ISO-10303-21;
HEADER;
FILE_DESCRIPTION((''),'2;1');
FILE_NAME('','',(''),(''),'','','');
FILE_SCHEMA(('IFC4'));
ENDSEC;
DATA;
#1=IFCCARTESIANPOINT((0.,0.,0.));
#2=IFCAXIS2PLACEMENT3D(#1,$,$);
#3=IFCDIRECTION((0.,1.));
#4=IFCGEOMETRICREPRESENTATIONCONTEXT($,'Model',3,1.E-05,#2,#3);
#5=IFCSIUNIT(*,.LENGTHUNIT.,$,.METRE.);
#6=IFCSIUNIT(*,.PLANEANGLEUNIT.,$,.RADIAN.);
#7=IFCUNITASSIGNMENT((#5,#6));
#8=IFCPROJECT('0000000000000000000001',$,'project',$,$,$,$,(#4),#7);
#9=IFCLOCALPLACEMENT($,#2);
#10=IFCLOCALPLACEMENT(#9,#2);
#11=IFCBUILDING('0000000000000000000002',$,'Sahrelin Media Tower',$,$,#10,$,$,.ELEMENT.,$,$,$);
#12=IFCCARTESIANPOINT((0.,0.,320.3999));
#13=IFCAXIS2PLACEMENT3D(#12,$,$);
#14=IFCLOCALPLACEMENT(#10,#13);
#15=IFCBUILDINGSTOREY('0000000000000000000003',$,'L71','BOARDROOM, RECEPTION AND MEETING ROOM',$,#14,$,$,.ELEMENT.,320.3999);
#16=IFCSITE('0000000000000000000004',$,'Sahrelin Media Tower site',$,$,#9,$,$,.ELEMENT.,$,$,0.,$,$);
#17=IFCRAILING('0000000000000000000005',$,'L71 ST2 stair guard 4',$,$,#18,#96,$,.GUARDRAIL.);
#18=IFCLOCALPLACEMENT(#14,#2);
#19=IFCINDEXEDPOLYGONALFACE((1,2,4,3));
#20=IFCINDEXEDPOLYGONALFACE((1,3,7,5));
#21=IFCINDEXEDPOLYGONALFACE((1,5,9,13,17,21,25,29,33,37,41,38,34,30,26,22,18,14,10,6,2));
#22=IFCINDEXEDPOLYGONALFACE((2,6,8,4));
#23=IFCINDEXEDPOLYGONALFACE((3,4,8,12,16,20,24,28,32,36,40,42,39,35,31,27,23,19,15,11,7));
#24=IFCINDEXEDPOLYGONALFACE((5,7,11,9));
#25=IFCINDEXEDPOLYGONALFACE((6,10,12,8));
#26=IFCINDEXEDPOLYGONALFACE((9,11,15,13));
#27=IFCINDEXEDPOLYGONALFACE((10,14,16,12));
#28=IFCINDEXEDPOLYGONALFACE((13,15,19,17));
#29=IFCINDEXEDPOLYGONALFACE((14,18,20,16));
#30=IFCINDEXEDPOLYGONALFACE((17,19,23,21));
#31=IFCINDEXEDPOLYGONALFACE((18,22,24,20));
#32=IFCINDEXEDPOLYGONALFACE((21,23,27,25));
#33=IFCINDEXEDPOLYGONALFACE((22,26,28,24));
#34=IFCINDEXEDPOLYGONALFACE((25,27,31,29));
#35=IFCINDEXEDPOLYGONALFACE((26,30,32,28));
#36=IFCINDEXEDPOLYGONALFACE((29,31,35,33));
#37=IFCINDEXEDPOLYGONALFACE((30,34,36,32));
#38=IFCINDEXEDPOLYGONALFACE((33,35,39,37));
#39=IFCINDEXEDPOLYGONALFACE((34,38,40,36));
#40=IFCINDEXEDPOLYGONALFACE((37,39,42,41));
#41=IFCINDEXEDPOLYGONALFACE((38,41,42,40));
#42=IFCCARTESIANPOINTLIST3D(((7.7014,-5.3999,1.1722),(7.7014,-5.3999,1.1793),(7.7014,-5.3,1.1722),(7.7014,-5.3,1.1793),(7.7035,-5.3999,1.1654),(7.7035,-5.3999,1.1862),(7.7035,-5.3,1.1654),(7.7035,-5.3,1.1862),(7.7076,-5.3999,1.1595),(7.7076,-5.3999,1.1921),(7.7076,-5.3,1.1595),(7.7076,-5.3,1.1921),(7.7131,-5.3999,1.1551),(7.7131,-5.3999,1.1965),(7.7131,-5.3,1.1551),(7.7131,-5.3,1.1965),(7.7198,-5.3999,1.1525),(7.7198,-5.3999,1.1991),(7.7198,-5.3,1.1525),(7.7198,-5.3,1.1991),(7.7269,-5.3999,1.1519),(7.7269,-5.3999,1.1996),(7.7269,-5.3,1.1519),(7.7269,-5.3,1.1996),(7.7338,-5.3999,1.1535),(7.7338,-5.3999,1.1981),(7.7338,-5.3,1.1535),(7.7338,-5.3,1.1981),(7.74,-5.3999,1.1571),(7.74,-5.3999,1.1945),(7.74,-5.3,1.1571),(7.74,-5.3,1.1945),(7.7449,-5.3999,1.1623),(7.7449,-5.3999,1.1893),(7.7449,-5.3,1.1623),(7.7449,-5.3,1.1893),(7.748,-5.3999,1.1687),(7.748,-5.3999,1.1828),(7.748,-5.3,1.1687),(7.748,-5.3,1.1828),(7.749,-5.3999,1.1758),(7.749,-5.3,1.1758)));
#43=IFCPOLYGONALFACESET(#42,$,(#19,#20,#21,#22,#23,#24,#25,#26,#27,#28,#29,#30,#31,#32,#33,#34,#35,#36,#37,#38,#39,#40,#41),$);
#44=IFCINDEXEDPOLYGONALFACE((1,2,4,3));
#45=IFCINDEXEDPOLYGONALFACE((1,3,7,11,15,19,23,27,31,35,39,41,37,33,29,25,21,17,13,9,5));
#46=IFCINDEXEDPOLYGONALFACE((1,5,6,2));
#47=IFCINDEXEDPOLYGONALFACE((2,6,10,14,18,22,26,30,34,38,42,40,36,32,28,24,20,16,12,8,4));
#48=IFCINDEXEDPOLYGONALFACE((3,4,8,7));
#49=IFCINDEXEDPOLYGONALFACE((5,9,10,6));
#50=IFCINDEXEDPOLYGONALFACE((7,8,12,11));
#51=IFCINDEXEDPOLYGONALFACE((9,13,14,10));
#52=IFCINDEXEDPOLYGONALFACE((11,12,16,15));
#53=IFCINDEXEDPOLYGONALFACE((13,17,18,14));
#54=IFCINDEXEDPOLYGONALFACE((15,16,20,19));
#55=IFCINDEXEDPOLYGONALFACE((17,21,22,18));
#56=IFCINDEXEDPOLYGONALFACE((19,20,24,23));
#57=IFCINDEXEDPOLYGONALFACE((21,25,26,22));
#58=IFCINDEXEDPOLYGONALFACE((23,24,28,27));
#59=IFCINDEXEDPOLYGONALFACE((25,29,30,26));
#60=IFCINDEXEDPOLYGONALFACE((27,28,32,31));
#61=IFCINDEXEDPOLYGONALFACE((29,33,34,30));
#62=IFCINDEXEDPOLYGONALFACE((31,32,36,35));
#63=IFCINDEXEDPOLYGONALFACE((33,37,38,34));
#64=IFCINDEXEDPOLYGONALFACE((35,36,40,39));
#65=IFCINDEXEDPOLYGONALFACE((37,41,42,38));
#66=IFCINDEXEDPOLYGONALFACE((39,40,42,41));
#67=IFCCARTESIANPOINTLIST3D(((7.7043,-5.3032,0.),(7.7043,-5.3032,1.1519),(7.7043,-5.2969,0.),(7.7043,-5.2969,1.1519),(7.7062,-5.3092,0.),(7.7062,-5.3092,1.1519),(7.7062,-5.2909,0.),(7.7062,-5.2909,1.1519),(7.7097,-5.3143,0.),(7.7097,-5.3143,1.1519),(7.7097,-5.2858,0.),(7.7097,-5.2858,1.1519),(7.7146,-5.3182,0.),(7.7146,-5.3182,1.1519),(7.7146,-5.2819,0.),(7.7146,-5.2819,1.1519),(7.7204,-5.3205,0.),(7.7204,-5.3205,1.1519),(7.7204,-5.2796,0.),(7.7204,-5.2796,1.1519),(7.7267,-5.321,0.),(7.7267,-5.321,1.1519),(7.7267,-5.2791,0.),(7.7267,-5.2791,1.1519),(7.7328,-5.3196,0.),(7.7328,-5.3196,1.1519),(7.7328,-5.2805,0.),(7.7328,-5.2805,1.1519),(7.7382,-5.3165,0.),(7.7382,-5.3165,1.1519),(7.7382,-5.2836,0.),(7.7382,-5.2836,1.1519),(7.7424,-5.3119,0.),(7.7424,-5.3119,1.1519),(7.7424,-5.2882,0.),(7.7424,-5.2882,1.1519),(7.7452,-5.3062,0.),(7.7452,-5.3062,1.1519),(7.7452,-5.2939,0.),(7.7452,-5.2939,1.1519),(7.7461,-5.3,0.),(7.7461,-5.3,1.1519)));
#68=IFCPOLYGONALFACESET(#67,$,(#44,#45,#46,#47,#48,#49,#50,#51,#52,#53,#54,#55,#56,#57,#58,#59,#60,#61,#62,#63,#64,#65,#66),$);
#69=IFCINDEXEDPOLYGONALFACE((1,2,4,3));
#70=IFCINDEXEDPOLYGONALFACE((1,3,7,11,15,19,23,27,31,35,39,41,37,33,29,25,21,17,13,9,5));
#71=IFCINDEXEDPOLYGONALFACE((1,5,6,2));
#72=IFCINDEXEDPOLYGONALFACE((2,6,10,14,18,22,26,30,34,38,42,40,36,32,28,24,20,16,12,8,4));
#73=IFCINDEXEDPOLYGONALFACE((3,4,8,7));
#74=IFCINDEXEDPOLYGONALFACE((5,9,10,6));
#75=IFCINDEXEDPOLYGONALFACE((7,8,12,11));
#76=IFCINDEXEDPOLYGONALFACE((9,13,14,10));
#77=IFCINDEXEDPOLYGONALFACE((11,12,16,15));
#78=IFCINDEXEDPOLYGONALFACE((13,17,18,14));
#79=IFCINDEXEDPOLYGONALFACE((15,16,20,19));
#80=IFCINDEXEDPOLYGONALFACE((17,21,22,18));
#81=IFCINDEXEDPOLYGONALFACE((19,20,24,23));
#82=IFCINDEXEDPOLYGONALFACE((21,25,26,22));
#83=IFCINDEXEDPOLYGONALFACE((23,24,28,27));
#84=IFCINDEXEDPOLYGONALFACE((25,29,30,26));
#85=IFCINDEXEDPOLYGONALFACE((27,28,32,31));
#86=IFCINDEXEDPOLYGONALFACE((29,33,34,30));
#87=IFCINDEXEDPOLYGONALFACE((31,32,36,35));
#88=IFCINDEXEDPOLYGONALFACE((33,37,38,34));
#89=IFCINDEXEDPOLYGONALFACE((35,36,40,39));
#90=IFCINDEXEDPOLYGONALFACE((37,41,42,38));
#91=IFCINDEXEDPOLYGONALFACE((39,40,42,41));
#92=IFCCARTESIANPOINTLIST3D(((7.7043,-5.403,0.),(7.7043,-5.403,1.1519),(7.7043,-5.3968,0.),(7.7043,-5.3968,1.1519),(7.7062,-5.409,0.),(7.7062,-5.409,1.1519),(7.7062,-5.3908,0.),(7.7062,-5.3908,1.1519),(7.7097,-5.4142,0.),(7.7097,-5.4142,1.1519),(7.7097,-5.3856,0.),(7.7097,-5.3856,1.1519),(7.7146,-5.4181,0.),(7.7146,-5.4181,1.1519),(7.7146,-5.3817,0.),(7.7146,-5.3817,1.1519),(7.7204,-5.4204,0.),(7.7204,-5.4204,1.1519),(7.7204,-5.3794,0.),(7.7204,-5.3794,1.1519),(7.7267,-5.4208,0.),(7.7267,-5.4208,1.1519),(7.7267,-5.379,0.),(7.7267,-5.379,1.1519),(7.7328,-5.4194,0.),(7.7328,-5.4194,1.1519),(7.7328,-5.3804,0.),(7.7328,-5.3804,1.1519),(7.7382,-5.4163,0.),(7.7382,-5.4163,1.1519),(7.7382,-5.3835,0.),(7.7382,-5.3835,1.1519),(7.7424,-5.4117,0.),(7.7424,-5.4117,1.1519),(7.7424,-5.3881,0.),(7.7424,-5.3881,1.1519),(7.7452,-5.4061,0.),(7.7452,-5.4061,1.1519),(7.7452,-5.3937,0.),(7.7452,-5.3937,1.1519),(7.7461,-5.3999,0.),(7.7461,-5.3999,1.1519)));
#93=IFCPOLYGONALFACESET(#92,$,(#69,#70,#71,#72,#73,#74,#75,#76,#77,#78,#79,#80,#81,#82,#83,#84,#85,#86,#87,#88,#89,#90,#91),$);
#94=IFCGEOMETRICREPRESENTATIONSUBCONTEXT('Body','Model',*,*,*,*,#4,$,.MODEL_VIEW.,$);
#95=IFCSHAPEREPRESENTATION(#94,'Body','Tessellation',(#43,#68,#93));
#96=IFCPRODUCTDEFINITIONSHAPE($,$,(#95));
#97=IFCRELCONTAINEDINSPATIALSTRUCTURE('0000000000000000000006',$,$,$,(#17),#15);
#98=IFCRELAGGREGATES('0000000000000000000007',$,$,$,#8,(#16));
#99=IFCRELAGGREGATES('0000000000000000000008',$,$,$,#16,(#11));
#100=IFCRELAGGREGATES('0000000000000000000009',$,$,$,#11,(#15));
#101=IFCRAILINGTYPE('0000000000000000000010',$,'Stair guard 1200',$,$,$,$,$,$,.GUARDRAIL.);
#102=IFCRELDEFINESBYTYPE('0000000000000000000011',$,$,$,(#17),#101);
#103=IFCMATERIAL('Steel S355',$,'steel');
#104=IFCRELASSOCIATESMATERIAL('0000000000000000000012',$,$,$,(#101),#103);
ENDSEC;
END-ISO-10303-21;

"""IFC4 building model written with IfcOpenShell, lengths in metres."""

from ifc_helpers import new_model, si_unit, direction, frame, origin, origin_2d, place, context, subcontext, project, spatial, circle, extrude, material, type_object, element, save


model = new_model("IFC4")

# Units and contexts
model_context = context("Model", 3, precision=1e-05, world=origin(), true_north=direction((0.0, 1.0)))
body_context = subcontext(model_context, "Body", "Model", "MODEL_VIEW")
ifc_project = project(units=[si_unit("LENGTHUNIT", "METRE"), si_unit("PLANEANGLEUNIT", "RADIAN")], contexts=[model_context])

# Site, building, storey
site_placement = place(None, origin())
site = spatial("IfcSite", under=ifc_project, at=site_placement, Name="Sahrelin Media Tower site", CompositionType="ELEMENT", RefElevation=0.0)
building_placement = place(site_placement, origin())
building = spatial("IfcBuilding", under=site, at=building_placement, Name="Sahrelin Media Tower", CompositionType="ELEMENT")
storey_placement = place(building_placement, frame((0.0, 0.0, 320.3999)))
storey = spatial("IfcBuildingStorey", under=building, at=storey_placement, Name="L71", Description="BOARDROOM, RECEPTION AND MEETING ROOM", CompositionType="ELEMENT", Elevation=320.3999)

# Shared definitions
ifc_material_1 = material(Name="Steel S355", Category="steel")

# Railing
railing_type_1 = type_object("IfcRailingType", Name="Stair guard 1200", PredefinedType="GUARDRAIL", material=ifc_material_1)
railing_1_placement = place(storey_placement, frame((7.7251, -5.3, 0.0)))
element("IfcRailing", 1, at=railing_1_placement, inside=storey, type_object=railing_type_1, Name="L71 ST2 stair guard 4", PredefinedType="GUARDRAIL", context=body_context, shape_type="SweptSolid", body=[
    extrude(circle(Radius=0.0239, at=origin_2d()), frame((0.0, 0.0, 1.1758), z_axis=(0.0, -1.0, 0.0), x_axis=(1.0, 0.0, 0.0)), (0.0, 0.0, 1.0), 0.0999),
    extrude(circle(Radius=0.021, at=origin_2d()), origin(), (0.0, 0.0, 1.0), 1.1519),
    extrude(circle(Radius=0.021, at=origin_2d()), frame((0.0, -0.0999, 0.0)), (0.0, 0.0, 1.0), 1.1519),
])

save(model, "model.ifc")
